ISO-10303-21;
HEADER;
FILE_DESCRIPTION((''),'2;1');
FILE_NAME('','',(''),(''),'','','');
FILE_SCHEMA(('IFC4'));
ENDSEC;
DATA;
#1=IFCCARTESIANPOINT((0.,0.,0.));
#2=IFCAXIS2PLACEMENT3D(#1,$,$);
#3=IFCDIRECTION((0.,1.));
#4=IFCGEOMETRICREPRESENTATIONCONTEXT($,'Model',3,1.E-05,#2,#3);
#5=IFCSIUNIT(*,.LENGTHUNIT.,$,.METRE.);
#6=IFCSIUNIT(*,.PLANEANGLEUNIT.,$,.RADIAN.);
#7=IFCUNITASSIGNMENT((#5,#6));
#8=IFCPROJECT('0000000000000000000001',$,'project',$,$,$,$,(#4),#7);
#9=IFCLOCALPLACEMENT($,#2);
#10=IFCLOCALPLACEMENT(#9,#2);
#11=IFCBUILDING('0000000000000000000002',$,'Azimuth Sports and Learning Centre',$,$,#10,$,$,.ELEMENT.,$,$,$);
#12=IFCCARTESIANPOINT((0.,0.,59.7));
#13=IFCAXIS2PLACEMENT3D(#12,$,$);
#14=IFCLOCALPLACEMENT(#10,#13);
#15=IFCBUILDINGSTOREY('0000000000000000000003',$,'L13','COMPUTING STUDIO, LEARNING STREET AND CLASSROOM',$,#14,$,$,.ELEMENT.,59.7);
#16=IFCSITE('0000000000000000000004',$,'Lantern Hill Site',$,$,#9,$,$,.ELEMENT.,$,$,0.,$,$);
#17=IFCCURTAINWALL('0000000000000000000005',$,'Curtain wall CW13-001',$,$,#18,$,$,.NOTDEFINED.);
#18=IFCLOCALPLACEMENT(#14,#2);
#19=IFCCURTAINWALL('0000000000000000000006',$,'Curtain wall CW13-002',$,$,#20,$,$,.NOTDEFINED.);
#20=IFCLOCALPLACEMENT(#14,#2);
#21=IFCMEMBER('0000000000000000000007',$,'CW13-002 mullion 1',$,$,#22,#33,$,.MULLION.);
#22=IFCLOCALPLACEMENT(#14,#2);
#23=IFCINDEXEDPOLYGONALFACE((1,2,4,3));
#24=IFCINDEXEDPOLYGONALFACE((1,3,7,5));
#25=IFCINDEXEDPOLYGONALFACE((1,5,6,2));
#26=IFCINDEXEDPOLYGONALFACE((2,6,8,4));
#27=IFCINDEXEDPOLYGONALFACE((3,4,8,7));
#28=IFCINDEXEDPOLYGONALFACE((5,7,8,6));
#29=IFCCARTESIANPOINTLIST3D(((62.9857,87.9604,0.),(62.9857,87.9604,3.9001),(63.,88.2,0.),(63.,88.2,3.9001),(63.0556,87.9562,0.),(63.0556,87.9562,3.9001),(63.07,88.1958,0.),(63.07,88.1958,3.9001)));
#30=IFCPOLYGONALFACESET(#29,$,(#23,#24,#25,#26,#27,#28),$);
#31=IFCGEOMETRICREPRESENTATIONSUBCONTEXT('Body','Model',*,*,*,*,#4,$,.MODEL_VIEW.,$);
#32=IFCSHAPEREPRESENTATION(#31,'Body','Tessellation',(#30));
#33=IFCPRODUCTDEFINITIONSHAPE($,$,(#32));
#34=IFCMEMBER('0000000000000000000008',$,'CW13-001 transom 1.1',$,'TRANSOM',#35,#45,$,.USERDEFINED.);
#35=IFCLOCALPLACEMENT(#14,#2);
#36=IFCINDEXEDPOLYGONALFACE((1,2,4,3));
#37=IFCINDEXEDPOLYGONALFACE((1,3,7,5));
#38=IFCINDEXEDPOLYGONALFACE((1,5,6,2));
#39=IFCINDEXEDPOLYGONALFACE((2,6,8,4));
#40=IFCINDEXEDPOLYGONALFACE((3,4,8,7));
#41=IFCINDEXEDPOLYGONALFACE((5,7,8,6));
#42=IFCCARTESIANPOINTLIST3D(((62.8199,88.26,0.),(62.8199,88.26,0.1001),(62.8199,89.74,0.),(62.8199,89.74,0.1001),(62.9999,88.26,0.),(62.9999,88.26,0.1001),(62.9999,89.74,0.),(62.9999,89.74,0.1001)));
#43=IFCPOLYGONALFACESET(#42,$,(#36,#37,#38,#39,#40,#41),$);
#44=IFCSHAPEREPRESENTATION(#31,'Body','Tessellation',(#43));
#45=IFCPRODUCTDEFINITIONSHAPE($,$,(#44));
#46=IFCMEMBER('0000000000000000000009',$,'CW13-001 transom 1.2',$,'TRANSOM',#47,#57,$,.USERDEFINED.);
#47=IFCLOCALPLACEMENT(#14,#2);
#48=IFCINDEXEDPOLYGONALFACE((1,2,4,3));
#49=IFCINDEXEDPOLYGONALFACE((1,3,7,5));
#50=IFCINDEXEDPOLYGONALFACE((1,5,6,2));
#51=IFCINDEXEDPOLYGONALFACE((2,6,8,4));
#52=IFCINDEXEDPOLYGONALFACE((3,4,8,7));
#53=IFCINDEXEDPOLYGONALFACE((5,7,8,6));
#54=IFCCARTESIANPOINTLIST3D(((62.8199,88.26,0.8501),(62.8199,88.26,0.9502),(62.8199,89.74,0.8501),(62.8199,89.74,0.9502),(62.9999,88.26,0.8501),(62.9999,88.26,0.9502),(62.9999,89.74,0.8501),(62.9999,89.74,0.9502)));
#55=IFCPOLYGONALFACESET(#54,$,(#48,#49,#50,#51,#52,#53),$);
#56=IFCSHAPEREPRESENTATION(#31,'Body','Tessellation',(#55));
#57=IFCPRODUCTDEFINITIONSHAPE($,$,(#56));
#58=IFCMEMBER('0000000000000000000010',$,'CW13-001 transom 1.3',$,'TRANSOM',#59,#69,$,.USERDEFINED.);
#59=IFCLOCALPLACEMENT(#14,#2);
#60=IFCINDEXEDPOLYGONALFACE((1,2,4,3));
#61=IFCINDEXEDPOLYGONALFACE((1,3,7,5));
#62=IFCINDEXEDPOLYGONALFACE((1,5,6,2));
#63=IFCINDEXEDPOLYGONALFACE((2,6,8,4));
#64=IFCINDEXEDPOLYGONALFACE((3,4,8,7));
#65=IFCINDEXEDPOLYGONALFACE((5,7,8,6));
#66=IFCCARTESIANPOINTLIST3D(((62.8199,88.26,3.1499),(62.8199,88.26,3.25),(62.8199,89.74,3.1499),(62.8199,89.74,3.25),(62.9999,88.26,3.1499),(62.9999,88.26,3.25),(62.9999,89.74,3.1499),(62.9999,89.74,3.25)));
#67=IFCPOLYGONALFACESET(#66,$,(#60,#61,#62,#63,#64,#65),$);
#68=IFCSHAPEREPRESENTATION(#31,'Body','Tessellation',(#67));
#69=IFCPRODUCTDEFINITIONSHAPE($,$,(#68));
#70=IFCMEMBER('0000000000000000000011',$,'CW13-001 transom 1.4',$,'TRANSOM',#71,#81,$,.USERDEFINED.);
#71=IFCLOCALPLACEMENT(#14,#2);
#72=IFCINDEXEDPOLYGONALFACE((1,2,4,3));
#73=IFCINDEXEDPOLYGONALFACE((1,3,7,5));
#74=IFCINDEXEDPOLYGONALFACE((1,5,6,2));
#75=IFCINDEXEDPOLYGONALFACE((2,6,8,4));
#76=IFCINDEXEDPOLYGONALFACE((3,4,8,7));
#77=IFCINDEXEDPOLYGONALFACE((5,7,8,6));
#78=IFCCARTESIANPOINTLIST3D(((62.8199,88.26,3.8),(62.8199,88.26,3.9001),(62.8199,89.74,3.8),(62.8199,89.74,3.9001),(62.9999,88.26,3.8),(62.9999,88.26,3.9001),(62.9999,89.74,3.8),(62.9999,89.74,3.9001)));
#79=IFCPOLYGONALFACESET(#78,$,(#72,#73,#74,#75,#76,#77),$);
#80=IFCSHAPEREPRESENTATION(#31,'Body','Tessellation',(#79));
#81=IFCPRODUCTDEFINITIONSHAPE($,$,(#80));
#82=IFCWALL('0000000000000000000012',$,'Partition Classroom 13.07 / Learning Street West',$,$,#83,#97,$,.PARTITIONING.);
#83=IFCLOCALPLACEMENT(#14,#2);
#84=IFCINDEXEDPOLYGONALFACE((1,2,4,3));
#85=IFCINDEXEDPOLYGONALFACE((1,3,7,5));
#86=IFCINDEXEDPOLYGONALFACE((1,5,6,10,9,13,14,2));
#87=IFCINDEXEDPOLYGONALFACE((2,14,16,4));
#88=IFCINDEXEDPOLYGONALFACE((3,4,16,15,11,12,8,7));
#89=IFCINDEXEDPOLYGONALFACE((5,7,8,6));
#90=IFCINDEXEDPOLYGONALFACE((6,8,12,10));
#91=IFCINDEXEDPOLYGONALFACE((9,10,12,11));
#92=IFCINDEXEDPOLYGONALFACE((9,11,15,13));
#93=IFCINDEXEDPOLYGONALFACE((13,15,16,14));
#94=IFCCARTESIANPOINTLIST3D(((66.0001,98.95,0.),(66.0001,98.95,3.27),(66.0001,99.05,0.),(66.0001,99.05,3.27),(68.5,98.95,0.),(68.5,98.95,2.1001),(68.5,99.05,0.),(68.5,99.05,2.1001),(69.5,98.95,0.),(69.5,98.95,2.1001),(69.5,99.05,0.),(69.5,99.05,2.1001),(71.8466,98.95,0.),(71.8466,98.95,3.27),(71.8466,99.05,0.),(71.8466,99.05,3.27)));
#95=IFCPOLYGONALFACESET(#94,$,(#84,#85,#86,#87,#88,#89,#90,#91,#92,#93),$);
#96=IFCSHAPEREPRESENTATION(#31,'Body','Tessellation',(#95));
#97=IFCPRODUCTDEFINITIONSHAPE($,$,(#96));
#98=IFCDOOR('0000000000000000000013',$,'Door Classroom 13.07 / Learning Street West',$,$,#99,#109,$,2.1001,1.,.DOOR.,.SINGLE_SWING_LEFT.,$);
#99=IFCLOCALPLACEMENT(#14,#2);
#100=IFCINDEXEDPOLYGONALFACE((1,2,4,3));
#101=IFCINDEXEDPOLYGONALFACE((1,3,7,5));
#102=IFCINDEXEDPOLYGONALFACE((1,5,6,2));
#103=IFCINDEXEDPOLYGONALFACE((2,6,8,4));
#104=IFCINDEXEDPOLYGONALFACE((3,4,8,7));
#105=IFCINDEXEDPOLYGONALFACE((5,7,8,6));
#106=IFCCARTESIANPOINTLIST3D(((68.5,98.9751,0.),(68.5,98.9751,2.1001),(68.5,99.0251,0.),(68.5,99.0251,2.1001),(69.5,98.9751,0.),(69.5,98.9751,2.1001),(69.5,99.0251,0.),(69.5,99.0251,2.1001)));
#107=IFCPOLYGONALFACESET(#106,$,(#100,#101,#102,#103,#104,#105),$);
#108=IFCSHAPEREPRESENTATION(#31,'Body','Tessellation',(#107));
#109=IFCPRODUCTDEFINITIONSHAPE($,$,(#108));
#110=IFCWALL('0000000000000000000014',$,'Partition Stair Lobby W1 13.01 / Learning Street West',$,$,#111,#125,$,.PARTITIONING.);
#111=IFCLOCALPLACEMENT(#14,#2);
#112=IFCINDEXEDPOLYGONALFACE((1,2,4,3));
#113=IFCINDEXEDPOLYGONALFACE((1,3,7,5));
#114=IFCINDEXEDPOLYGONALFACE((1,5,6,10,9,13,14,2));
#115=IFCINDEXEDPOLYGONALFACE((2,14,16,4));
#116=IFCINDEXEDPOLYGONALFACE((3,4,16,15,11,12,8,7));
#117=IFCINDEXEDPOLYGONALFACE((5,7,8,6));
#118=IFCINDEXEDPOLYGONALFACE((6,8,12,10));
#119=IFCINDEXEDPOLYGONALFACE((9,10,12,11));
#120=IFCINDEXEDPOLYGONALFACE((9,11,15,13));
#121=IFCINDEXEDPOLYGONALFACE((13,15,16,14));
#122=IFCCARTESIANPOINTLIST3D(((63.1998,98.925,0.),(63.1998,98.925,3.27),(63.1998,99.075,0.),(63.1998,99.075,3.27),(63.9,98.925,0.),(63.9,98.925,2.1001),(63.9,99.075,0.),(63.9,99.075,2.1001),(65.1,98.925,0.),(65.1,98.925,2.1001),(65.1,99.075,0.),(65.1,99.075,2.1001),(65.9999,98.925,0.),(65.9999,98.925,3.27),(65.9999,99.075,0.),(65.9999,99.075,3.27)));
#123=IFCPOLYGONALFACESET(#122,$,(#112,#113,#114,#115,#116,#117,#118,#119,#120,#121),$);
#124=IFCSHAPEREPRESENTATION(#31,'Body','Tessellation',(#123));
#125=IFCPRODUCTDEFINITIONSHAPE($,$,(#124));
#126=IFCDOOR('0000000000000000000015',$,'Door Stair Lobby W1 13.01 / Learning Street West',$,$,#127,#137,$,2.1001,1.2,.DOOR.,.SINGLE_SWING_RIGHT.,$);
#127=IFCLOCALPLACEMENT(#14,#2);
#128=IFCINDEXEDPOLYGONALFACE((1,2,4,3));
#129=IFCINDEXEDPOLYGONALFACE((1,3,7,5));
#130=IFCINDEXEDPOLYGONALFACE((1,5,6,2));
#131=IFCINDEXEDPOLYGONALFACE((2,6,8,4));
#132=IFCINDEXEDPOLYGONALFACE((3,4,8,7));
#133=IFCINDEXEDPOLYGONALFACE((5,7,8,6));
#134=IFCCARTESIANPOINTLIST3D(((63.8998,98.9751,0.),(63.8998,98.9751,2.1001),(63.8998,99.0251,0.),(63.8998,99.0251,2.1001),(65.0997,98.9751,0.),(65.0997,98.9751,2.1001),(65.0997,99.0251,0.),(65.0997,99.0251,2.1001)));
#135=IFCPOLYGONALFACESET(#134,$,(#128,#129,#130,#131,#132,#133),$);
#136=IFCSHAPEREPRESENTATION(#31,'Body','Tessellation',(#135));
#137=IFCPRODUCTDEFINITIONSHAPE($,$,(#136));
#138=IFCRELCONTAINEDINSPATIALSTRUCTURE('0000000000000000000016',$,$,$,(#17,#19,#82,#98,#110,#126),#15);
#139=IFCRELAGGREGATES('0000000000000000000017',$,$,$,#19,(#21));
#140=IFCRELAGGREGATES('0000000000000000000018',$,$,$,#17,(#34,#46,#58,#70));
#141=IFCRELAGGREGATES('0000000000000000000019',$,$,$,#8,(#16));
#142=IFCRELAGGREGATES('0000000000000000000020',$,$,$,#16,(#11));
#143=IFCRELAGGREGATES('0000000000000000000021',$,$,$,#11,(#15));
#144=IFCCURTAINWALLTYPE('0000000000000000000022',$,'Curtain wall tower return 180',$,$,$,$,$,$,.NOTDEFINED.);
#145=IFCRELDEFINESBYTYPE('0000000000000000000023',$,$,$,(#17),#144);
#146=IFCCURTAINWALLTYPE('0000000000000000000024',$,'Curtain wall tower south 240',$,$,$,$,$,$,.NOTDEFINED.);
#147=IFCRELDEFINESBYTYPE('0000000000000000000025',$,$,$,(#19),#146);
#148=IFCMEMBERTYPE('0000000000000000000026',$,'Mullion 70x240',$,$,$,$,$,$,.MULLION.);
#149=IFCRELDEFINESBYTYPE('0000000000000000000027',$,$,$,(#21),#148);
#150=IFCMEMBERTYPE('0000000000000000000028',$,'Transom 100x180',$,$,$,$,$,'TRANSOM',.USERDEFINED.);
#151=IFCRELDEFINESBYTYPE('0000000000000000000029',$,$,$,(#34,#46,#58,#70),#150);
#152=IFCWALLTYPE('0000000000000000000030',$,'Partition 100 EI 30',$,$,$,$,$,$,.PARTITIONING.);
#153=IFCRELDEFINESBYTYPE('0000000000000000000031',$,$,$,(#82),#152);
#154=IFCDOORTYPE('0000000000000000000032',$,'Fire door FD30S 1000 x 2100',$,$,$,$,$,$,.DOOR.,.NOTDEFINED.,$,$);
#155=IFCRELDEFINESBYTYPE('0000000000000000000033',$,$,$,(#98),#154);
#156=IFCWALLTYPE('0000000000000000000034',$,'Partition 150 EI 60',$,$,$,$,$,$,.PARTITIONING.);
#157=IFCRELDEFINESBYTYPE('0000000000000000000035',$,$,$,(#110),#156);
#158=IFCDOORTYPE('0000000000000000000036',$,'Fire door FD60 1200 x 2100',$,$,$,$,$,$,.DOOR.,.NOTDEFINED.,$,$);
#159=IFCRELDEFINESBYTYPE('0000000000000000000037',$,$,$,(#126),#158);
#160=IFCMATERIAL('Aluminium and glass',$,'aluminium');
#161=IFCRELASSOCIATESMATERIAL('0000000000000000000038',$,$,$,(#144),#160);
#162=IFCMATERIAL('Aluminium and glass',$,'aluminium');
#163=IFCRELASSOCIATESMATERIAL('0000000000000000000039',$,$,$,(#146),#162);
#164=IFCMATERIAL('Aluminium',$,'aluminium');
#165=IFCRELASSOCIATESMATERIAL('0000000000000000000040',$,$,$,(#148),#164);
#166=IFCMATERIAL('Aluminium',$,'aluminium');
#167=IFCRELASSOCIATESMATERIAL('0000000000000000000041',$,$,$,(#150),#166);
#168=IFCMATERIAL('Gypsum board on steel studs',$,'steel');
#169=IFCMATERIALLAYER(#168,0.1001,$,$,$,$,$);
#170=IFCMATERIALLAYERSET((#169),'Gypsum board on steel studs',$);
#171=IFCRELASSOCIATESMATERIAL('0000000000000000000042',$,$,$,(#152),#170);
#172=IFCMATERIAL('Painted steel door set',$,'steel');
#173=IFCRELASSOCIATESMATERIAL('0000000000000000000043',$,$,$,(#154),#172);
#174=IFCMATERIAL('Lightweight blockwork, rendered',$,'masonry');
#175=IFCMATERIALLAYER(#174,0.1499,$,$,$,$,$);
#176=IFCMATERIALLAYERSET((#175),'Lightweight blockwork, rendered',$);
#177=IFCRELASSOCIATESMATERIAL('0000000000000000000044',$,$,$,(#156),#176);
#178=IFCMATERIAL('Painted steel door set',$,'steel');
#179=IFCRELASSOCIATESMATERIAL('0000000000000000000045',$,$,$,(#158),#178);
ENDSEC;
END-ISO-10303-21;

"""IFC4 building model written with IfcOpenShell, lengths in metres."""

from ifc_helpers import new_model, si_unit, direction, frame, frame_2d, origin, origin_2d, place, context, subcontext, project, spatial, rectangle, extrude, material, layer, layer_set, material_profile, profile_set, type_object, element, fill, aggregate, save


model = new_model("IFC4")

# Units and contexts
model_context = context("Model", 3, precision=1e-05, world=origin(), true_north=direction((0.0, 1.0)))
body_context = subcontext(model_context, "Body", "Model", "MODEL_VIEW")
ifc_project = project(units=[si_unit("LENGTHUNIT", "METRE"), si_unit("PLANEANGLEUNIT", "RADIAN")], contexts=[model_context])

# Site, building, storey
site_placement = place(None, origin())
site = spatial("IfcSite", under=ifc_project, at=site_placement, Name="Lantern Hill Site", CompositionType="ELEMENT", RefElevation=0.0)
building_placement = place(site_placement, origin())
building = spatial("IfcBuilding", under=site, at=building_placement, Name="Azimuth Sports and Learning Centre", CompositionType="ELEMENT")
storey_placement = place(building_placement, frame((0.0, 0.0, 59.7)))
storey = spatial("IfcBuildingStorey", under=building, at=storey_placement, Name="L13", Description="COMPUTING STUDIO, LEARNING STREET AND CLASSROOM", CompositionType="ELEMENT", Elevation=59.7)

# Curtain walls, member
ifc_material_1 = material(Name="Aluminium and glass", Category="aluminium")
curtain_wall_type_1 = type_object("IfcCurtainWallType", Name="Curtain wall tower return 180", PredefinedType="NOTDEFINED", material=ifc_material_1)
curtain_wall_1_placement = place(storey_placement, origin())
curtain_wall_1 = element("IfcCurtainWall", 1, at=curtain_wall_1_placement, inside=storey, type_object=curtain_wall_type_1, Name="Curtain wall CW13-001", PredefinedType="NOTDEFINED")
ifc_material_2 = material(Name="Aluminium and glass", Category="aluminium")
curtain_wall_type_2 = type_object("IfcCurtainWallType", Name="Curtain wall tower south 240", PredefinedType="NOTDEFINED", material=ifc_material_2)
curtain_wall_2_placement = place(storey_placement, origin())
curtain_wall_2 = element("IfcCurtainWall", 2, at=curtain_wall_2_placement, inside=storey, type_object=curtain_wall_type_2, Name="Curtain wall CW13-002", PredefinedType="NOTDEFINED")
ifc_material_3 = material(Name="Aluminium", Category="aluminium")
ifc_material_profile_1 = material_profile(ifc_material_3, rectangle(XDim=0.24, YDim=0.0701, at=origin_2d()), Name="Mullion 70x240")
ifc_profile_set_1 = profile_set([ifc_material_profile_1], Name="Aluminium")
member_type_1 = type_object("IfcMemberType", Name="Mullion 70x240", PredefinedType="MULLION", material=ifc_profile_set_1)
member_1_placement = place(storey_placement, frame((63.0278, 88.0781, 0.0), z_axis=(0.0, 0.0, 1.0), x_axis=(0.059892, 0.998205, 0.0)))
member_1 = element("IfcMember", 3, at=member_1_placement, type_object=member_type_1, Name="CW13-002 mullion 1", PredefinedType="MULLION", context=body_context, shape_type="SweptSolid", body=[
    extrude(rectangle(XDim=0.24, YDim=0.0701, at=origin_2d()), origin(), (0.0, 0.0, 1.0), 3.9001),
])
aggregate(curtain_wall_2, [member_1])

# Members
ifc_material_4 = material(Name="Aluminium", Category="aluminium")
ifc_material_profile_2 = material_profile(ifc_material_4, rectangle(XDim=0.1799, YDim=0.1001, at=origin_2d()), Name="Transom 100x180")
ifc_profile_set_2 = profile_set([ifc_material_profile_2], Name="Aluminium")
member_type_2 = type_object("IfcMemberType", Name="Transom 100x180", ElementType="TRANSOM", PredefinedType="USERDEFINED", material=ifc_profile_set_2)
member_2_placement = place(storey_placement, frame((62.9099, 89.74, 0.05), z_axis=(0.0, -1.0, 0.0), x_axis=(1.0, 0.0, 0.0)))
member_2 = element("IfcMember", 4, at=member_2_placement, type_object=member_type_2, Name="CW13-001 transom 1.1", ObjectType="TRANSOM", PredefinedType="USERDEFINED", context=body_context, shape_type="SweptSolid", body=[
    extrude(rectangle(XDim=0.1799, YDim=0.1001, at=origin_2d()), origin(), (0.0, 0.0, 1.0), 1.48),
])
member_3_placement = place(storey_placement, frame((62.9099, 89.74, 0.9001), z_axis=(0.0, -1.0, 0.0), x_axis=(1.0, 0.0, 0.0)))
member_3 = element("IfcMember", 5, at=member_3_placement, type_object=member_type_2, Name="CW13-001 transom 1.2", ObjectType="TRANSOM", PredefinedType="USERDEFINED", context=body_context, shape_type="SweptSolid", body=[
    extrude(rectangle(XDim=0.1799, YDim=0.1001, at=origin_2d()), origin(), (0.0, 0.0, 1.0), 1.48),
])
member_4_placement = place(storey_placement, frame((62.9099, 89.74, 3.2), z_axis=(0.0, -1.0, 0.0), x_axis=(1.0, 0.0, 0.0)))
member_4 = element("IfcMember", 6, at=member_4_placement, type_object=member_type_2, Name="CW13-001 transom 1.3", ObjectType="TRANSOM", PredefinedType="USERDEFINED", context=body_context, shape_type="SweptSolid", body=[
    extrude(rectangle(XDim=0.1799, YDim=0.1001, at=origin_2d()), origin(), (0.0, 0.0, 1.0), 1.48),
])
member_5_placement = place(storey_placement, frame((62.9099, 89.74, 3.8501), z_axis=(0.0, -1.0, 0.0), x_axis=(1.0, 0.0, 0.0)))
member_5 = element("IfcMember", 7, at=member_5_placement, type_object=member_type_2, Name="CW13-001 transom 1.4", ObjectType="TRANSOM", PredefinedType="USERDEFINED", context=body_context, shape_type="SweptSolid", body=[
    extrude(rectangle(XDim=0.1799, YDim=0.1001, at=origin_2d()), origin(), (0.0, 0.0, 1.0), 1.48),
])
aggregate(curtain_wall_1, [member_2, member_3, member_4, member_5])

# Walls, openings, doors
ifc_material_5 = material(Name="Gypsum board on steel studs", Category="steel")
ifc_layer_1 = layer(ifc_material_5, 0.1001)
ifc_layer_set_1 = layer_set([ifc_layer_1], Name="Gypsum board on steel studs")
wall_type_1 = type_object("IfcWallType", Name="Partition 100 EI 30", PredefinedType="PARTITIONING", material=ifc_layer_set_1)
wall_1_placement = place(storey_placement, frame((66.0, 99.0, 0.0), z_axis=(0.0, 0.0, 1.0), x_axis=(1.0, 0.0, 0.0)))
wall_1 = element("IfcWall", 8, at=wall_1_placement, inside=storey, type_object=wall_type_1, Name="Partition Classroom 13.07 / Learning Street West", PredefinedType="PARTITIONING", context=body_context, shape_type="SweptSolid", body=[
    extrude(rectangle(XDim=5.8464, YDim=0.1001, at=frame_2d((2.9233, 0.0))), origin(), (0.0, 0.0, 1.0), 3.27),
])
opening_1_placement = place(wall_1_placement, frame((2.5, 0.0, 0.0)))
opening_1 = element("IfcOpeningElement", 9, at=opening_1_placement, cuts=wall_1, PredefinedType="OPENING", context=body_context, shape_type="SweptSolid", body=[
    extrude(rectangle(XDim=1.0, YDim=2.1001, at=frame_2d((0.5, 1.05))), frame((0.0, 0.061, 0.0), z_axis=(0.0, -1.0, 0.0), x_axis=(1.0, 0.0, 0.0)), (0.0, 0.0, 1.0), 0.1221),
])
ifc_material_6 = material(Name="Painted steel door set", Category="steel")
door_type_1 = type_object("IfcDoorType", Name="Fire door FD30S 1000 x 2100", OperationType="NOTDEFINED", PredefinedType="DOOR", material=ifc_material_6)
door_1_placement = place(opening_1_placement, frame((1.0, 0.0, 0.0), z_axis=(0.0, 0.0, 1.0), x_axis=(-1.0, 0.0, 0.0)))
door_1 = element("IfcDoor", 10, at=door_1_placement, inside=storey, type_object=door_type_1, Name="Door Classroom 13.07 / Learning Street West", OperationType="SINGLE_SWING_LEFT", OverallHeight=2.1001, OverallWidth=1.0, PredefinedType="DOOR", context=body_context, shape_type="SweptSolid", body=[
    extrude(rectangle(XDim=1.0, YDim=2.1001, at=frame_2d((0.5, 1.05))), frame((0.0, 0.0249, 0.0), z_axis=(0.0, -1.0, 0.0), x_axis=(1.0, 0.0, 0.0)), (0.0, 0.0, 1.0), 0.05),
])
fill(opening_1, door_1)
ifc_material_7 = material(Name="Lightweight blockwork, rendered", Category="masonry")
ifc_layer_2 = layer(ifc_material_7, 0.1499)
ifc_layer_set_2 = layer_set([ifc_layer_2], Name="Lightweight blockwork, rendered")
wall_type_2 = type_object("IfcWallType", Name="Partition 150 EI 60", PredefinedType="PARTITIONING", material=ifc_layer_set_2)
wall_2_placement = place(storey_placement, frame((63.2, 99.0, 0.0), z_axis=(0.0, 0.0, 1.0), x_axis=(1.0, 0.0, 0.0)))
wall_2 = element("IfcWall", 11, at=wall_2_placement, inside=storey, type_object=wall_type_2, Name="Partition Stair Lobby W1 13.01 / Learning Street West", PredefinedType="PARTITIONING", context=body_context, shape_type="SweptSolid", body=[
    extrude(rectangle(XDim=2.8, YDim=0.1499, at=frame_2d((1.3999, 0.0))), origin(), (0.0, 0.0, 1.0), 3.27),
])
opening_2_placement = place(wall_2_placement, frame((0.7, 0.0, 0.0)))
opening_2 = element("IfcOpeningElement", 12, at=opening_2_placement, cuts=wall_2, PredefinedType="OPENING", context=body_context, shape_type="SweptSolid", body=[
    extrude(rectangle(XDim=1.2, YDim=2.1001, at=frame_2d((0.6001, 1.05))), frame((0.0, 0.0859, 0.0), z_axis=(0.0, -1.0, 0.0), x_axis=(1.0, 0.0, 0.0)), (0.0, 0.0, 1.0), 0.1719),
])
ifc_material_8 = material(Name="Painted steel door set", Category="steel")
door_type_2 = type_object("IfcDoorType", Name="Fire door FD60 1200 x 2100", OperationType="NOTDEFINED", PredefinedType="DOOR", material=ifc_material_8)
door_2_placement = place(opening_2_placement, frame((1.2, 0.0, 0.0), z_axis=(0.0, 0.0, 1.0), x_axis=(-1.0, 0.0, 0.0)))
door_2 = element("IfcDoor", 13, at=door_2_placement, inside=storey, type_object=door_type_2, Name="Door Stair Lobby W1 13.01 / Learning Street West", OperationType="SINGLE_SWING_RIGHT", OverallHeight=2.1001, OverallWidth=1.2, PredefinedType="DOOR", context=body_context, shape_type="SweptSolid", body=[
    extrude(rectangle(XDim=1.2, YDim=2.1001, at=frame_2d((0.6001, 1.05))), frame((0.0, 0.0249, 0.0), z_axis=(0.0, -1.0, 0.0), x_axis=(1.0, 0.0, 0.0)), (0.0, 0.0, 1.0), 0.05),
])
fill(opening_2, door_2)

save(model, "model.ifc")
